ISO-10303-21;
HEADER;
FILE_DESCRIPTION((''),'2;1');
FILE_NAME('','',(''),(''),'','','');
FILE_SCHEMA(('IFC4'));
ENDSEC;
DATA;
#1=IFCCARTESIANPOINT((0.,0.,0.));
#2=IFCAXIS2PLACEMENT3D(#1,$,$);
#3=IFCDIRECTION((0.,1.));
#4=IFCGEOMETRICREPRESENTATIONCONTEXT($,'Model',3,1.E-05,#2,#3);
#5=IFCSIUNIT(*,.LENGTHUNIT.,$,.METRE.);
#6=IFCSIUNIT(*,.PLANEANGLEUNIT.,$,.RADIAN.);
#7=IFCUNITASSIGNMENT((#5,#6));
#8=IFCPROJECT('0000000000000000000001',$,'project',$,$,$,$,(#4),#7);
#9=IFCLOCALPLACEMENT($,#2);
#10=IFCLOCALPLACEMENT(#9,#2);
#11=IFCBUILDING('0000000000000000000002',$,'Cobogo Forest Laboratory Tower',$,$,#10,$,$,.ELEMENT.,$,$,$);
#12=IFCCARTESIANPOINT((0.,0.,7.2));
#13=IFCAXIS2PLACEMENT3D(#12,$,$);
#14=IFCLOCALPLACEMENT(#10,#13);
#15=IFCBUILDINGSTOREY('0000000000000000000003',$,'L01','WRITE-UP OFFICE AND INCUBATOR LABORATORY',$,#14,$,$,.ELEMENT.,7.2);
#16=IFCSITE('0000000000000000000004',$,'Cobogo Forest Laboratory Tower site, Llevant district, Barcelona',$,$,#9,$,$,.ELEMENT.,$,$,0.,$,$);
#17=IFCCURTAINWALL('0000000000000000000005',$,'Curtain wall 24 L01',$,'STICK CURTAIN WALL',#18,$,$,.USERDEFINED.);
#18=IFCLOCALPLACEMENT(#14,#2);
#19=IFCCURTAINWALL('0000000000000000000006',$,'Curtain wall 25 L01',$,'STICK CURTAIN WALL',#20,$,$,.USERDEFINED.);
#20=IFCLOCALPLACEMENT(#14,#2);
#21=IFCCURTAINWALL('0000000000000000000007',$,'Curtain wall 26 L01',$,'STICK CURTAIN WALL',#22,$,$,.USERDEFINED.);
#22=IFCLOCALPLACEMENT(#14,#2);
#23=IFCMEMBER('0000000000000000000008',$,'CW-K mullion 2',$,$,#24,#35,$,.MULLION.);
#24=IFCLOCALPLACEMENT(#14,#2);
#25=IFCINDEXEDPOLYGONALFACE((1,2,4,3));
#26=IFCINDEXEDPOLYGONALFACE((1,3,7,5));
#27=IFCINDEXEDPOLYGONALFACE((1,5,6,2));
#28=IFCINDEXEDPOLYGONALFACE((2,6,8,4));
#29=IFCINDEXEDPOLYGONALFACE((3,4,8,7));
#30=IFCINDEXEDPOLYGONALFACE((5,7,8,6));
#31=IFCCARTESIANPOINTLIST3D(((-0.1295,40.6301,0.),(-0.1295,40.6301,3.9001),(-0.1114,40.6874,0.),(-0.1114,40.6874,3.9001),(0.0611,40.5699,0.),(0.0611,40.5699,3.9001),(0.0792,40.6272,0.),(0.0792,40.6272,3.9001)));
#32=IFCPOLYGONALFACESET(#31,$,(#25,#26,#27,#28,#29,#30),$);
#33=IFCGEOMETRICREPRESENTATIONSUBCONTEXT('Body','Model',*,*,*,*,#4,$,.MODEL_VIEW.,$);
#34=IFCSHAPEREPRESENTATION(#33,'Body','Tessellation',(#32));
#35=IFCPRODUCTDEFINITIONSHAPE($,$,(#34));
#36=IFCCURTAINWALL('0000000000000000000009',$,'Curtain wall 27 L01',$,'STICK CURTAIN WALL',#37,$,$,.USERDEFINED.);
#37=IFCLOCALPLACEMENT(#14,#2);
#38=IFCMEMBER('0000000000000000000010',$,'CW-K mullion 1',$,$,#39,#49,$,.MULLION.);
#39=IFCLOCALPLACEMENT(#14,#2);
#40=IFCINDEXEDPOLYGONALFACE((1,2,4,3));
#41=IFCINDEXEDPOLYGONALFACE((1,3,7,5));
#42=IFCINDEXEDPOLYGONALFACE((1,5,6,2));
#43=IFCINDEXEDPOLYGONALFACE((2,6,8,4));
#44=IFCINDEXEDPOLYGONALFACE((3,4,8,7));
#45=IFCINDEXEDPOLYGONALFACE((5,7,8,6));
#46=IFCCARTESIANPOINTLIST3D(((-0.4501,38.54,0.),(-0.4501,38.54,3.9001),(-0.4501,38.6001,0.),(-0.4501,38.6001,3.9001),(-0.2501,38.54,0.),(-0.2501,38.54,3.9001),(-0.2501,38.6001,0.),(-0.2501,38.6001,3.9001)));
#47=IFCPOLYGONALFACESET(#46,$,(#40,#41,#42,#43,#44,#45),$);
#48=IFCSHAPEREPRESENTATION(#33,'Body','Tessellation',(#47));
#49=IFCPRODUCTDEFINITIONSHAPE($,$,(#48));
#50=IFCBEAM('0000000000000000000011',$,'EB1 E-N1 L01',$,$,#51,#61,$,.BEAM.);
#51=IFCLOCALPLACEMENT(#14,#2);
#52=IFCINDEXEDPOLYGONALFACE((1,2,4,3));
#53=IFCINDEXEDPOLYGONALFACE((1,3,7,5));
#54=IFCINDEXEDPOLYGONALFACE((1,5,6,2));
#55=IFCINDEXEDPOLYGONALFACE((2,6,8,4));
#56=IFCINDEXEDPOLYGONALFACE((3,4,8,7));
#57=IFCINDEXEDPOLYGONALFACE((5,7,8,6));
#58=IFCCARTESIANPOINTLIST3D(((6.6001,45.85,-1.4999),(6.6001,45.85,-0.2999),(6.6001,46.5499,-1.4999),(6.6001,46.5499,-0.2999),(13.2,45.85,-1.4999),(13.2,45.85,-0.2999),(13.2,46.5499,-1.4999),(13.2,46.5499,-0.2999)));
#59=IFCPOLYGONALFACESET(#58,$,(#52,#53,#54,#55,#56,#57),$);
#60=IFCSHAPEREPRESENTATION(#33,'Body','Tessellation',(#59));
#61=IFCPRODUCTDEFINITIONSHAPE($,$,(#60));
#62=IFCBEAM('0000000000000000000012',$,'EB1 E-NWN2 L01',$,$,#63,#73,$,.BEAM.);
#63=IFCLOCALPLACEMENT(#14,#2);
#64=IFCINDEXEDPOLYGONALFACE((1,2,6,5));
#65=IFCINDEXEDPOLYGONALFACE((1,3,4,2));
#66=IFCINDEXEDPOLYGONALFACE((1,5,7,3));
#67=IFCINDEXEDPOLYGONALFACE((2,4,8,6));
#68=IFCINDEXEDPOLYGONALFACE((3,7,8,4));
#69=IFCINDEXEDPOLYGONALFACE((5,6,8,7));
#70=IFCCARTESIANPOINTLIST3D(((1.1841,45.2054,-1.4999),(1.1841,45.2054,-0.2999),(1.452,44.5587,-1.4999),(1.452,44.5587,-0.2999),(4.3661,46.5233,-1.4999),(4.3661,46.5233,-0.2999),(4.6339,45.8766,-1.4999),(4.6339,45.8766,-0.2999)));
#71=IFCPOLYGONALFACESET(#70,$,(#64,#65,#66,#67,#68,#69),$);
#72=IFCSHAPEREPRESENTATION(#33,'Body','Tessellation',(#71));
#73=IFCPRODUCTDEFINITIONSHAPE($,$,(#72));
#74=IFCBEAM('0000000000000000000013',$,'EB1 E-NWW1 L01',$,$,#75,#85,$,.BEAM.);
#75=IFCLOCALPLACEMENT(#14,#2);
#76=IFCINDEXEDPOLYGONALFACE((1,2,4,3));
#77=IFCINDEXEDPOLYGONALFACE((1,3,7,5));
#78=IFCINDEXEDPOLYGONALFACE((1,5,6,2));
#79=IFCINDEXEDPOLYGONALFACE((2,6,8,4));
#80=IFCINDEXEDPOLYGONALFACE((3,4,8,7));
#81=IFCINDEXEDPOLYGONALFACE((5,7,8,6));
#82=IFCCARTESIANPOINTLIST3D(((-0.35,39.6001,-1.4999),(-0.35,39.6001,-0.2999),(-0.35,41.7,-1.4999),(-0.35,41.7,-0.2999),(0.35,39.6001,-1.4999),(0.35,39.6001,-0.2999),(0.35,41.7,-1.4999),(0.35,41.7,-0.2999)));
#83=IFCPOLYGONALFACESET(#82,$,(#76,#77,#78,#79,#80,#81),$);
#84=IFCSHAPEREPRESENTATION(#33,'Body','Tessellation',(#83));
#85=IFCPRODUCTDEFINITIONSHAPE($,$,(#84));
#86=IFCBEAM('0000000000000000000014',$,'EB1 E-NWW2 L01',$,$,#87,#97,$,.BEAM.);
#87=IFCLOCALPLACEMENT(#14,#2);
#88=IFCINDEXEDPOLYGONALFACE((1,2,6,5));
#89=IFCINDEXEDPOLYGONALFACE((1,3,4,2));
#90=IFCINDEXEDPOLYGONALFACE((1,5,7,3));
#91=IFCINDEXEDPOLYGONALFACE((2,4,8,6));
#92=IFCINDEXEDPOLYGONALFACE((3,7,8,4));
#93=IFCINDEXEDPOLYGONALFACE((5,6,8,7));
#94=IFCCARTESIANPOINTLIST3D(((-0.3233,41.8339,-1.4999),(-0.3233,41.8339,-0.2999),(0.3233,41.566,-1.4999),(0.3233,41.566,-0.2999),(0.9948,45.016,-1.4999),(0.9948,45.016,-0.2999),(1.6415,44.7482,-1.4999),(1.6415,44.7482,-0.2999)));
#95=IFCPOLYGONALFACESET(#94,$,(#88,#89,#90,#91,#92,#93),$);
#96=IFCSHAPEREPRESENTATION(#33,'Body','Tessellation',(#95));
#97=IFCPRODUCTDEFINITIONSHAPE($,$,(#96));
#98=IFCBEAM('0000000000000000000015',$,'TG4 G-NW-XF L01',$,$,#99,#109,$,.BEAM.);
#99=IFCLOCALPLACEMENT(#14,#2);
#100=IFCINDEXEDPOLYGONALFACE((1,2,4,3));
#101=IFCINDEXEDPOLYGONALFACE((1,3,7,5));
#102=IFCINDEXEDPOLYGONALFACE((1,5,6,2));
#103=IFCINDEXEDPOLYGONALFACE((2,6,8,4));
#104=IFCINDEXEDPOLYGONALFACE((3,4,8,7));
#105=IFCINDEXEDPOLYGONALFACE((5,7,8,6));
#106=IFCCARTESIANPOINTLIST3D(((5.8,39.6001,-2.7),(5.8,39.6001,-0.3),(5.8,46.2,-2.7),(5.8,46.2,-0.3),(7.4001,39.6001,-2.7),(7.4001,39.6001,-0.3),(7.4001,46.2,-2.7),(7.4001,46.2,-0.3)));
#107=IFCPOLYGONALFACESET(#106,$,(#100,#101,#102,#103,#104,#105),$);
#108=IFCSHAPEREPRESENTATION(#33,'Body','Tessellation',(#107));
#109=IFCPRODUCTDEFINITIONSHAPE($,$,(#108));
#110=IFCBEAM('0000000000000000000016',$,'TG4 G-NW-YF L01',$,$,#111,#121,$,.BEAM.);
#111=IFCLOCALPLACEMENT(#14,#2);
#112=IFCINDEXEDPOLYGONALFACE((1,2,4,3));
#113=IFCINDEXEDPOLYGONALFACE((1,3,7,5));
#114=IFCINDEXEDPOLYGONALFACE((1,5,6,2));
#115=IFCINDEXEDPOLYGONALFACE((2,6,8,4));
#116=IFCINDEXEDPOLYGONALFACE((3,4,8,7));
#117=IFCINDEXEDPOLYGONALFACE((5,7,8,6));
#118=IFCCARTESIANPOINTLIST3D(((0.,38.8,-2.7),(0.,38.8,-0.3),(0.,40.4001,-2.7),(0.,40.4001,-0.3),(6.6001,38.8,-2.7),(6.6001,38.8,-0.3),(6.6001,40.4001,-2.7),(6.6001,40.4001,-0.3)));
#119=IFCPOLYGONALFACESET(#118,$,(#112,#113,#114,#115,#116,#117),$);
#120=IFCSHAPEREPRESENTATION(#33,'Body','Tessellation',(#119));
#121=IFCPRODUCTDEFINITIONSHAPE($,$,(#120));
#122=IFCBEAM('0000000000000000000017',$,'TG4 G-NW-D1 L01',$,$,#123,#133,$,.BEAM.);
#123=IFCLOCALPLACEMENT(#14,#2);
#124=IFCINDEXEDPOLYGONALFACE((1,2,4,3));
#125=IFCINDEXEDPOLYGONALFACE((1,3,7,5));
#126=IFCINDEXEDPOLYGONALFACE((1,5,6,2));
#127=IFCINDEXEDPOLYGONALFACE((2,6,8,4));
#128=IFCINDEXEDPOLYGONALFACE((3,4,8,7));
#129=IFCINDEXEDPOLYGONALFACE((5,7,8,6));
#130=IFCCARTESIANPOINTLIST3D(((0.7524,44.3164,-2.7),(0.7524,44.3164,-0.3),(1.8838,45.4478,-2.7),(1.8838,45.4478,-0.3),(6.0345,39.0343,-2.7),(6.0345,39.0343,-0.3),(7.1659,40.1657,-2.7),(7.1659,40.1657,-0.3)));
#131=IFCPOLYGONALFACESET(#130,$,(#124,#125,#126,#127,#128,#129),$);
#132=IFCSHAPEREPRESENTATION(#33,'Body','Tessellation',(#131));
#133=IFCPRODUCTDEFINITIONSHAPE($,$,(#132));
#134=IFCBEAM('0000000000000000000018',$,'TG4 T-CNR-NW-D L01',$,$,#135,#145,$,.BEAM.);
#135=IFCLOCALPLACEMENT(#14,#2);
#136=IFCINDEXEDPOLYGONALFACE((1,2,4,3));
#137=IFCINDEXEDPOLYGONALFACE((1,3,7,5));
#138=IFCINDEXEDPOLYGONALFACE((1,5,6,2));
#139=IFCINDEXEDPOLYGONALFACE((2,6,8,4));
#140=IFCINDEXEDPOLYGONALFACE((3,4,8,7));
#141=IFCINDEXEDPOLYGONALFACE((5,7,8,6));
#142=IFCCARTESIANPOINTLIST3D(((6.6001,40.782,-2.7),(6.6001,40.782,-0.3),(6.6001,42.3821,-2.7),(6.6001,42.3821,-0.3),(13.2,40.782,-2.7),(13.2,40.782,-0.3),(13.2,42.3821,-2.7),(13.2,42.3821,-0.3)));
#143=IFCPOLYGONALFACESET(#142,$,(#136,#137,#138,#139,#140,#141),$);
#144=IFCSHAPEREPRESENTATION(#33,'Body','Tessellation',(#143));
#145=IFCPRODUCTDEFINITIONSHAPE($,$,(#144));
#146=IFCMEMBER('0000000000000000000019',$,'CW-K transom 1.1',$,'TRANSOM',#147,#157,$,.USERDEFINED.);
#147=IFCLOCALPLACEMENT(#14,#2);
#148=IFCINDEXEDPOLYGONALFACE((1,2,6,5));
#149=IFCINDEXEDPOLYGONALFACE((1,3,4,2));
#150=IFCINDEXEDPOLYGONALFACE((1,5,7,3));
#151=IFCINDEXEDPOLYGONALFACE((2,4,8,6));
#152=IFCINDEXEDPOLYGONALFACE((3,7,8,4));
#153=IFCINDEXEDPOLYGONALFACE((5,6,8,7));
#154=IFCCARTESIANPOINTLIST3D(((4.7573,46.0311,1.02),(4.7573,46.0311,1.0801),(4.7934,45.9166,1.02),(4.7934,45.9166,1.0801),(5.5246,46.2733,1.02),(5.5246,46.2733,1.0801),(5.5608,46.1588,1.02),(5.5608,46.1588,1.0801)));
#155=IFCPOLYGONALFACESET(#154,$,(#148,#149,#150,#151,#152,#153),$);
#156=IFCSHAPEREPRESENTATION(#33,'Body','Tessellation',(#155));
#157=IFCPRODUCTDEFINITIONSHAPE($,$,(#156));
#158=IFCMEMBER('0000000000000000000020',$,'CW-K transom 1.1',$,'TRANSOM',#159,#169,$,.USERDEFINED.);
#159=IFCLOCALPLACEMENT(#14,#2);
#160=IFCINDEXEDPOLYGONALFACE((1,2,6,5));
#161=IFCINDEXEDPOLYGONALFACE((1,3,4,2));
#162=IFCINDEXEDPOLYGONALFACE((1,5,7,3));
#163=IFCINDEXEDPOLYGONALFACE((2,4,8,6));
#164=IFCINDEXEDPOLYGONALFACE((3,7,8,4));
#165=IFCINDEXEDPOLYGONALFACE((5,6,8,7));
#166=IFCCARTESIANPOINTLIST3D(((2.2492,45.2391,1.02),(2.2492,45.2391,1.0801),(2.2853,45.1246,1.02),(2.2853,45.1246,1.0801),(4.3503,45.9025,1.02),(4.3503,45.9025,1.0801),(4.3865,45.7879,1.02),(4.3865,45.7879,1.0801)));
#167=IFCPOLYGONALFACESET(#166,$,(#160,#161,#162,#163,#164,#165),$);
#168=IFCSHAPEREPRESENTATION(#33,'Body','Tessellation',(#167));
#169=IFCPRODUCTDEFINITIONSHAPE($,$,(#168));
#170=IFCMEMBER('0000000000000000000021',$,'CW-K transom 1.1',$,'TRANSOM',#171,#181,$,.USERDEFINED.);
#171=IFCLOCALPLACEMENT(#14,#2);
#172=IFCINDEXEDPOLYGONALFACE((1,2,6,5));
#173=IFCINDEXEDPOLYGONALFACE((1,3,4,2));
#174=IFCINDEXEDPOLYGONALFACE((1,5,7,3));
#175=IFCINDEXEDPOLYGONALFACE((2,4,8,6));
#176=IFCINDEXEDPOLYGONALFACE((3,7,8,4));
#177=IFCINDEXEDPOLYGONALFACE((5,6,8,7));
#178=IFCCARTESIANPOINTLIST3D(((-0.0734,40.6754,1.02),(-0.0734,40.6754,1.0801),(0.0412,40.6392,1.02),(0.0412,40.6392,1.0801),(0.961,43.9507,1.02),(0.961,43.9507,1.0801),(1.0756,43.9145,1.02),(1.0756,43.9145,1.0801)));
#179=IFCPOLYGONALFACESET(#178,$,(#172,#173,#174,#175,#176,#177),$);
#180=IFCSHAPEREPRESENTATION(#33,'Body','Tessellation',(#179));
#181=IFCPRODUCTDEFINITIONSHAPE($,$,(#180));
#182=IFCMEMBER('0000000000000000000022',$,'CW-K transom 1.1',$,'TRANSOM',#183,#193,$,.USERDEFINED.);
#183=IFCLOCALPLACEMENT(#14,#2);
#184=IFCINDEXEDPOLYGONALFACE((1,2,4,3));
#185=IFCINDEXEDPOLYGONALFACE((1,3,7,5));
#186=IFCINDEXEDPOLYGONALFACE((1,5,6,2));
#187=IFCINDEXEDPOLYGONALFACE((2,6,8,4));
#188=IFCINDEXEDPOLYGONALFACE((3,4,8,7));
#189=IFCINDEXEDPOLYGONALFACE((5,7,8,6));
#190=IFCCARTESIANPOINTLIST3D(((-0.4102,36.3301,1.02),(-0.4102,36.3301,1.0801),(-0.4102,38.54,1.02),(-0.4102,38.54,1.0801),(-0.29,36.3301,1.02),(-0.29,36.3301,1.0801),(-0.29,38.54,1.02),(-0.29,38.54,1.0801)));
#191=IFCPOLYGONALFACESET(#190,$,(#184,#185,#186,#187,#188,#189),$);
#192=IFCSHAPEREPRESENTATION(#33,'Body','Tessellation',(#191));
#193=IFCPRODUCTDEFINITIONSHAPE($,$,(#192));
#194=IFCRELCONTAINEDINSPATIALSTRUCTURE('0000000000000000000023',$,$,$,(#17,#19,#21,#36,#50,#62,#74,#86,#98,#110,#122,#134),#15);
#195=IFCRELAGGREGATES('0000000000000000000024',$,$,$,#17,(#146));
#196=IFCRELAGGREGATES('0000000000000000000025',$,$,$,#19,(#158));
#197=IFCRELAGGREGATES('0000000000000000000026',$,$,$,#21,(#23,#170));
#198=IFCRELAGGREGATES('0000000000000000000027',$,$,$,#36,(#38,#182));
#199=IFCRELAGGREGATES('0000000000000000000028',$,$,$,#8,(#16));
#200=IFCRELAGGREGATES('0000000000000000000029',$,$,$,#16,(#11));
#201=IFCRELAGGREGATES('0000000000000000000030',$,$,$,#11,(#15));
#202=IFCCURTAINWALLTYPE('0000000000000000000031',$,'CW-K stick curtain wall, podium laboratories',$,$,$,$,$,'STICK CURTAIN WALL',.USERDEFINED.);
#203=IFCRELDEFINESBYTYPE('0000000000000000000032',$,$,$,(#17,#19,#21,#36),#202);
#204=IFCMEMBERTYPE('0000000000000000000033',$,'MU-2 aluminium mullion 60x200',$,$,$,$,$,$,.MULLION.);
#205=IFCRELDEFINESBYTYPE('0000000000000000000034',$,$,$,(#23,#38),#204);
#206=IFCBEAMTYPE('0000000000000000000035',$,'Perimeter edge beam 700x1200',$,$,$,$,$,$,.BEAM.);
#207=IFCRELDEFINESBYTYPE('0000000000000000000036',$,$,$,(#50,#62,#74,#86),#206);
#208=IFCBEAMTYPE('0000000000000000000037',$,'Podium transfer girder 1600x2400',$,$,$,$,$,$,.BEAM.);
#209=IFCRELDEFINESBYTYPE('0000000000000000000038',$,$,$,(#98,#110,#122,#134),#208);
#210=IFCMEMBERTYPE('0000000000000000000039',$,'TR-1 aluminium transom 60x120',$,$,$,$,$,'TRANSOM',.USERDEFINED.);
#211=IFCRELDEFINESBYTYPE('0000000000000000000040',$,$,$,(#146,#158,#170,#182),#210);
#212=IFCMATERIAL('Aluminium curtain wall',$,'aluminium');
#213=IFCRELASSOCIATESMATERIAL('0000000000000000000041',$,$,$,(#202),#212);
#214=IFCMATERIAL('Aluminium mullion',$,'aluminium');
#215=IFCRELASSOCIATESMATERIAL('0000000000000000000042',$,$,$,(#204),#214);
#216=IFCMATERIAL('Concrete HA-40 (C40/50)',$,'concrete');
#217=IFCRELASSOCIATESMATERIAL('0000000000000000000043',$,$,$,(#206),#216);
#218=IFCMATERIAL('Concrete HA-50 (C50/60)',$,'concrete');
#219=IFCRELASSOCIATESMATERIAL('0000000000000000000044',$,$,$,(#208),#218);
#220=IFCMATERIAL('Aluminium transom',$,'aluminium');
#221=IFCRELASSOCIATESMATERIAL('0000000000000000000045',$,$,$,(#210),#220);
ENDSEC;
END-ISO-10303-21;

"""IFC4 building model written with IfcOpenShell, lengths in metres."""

from ifc_helpers import new_model, si_unit, direction, frame, origin, origin_2d, place, context, subcontext, project, spatial, rectangle, extrude, material, material_profile, profile_set, type_object, element, aggregate, save


model = new_model("IFC4")

# Units and contexts
model_context = context("Model", 3, precision=1e-05, world=origin(), true_north=direction((0.0, 1.0)))
body_context = subcontext(model_context, "Body", "Model", "MODEL_VIEW")
ifc_project = project(units=[si_unit("LENGTHUNIT", "METRE"), si_unit("PLANEANGLEUNIT", "RADIAN")], contexts=[model_context])

# Site, building, storey
site_placement = place(None, origin())
site = spatial("IfcSite", under=ifc_project, at=site_placement, Name="Cobogo Forest Laboratory Tower site, Llevant district, Barcelona", CompositionType="ELEMENT", RefElevation=0.0)
building_placement = place(site_placement, origin())
building = spatial("IfcBuilding", under=site, at=building_placement, Name="Cobogo Forest Laboratory Tower", CompositionType="ELEMENT")
storey_placement = place(building_placement, frame((0.0, 0.0, 7.2)))
storey = spatial("IfcBuildingStorey", under=building, at=storey_placement, Name="L01", Description="WRITE-UP OFFICE AND INCUBATOR LABORATORY", CompositionType="ELEMENT", Elevation=7.2)

# Shared definitions
ifc_material_1 = material(Name="Concrete HA-50 (C50/60)", Category="concrete")

# Shared definitions
ifc_material_2 = material(Name="Concrete HA-40 (C40/50)", Category="concrete")

# Curtain walls, member
ifc_material_3 = material(Name="Aluminium curtain wall", Category="aluminium")
curtain_wall_type = type_object("IfcCurtainWallType", Name="CW-K stick curtain wall, podium laboratories", ElementType="STICK CURTAIN WALL", PredefinedType="USERDEFINED", material=ifc_material_3)
curtain_wall_1_placement = place(storey_placement, origin())
curtain_wall_1 = element("IfcCurtainWall", 1, at=curtain_wall_1_placement, inside=storey, type_object=curtain_wall_type, Name="Curtain wall 24 L01", ObjectType="STICK CURTAIN WALL", PredefinedType="USERDEFINED")
ifc_material_4 = material(Name="Aluminium mullion", Category="aluminium")
ifc_material_profile_1 = material_profile(ifc_material_4, rectangle(XDim=0.0601, YDim=0.2, at=origin_2d()), Name="AL 60x200")
ifc_profile_set_1 = profile_set([ifc_material_profile_1], Name="Aluminium mullion")
member_type_1 = type_object("IfcMemberType", Name="MU-2 aluminium mullion 60x200", PredefinedType="MULLION", material=ifc_profile_set_1)
curtain_wall_2_placement = place(storey_placement, origin())
curtain_wall_2 = element("IfcCurtainWall", 2, at=curtain_wall_2_placement, inside=storey, type_object=curtain_wall_type, Name="Curtain wall 25 L01", ObjectType="STICK CURTAIN WALL", PredefinedType="USERDEFINED")
curtain_wall_3_placement = place(storey_placement, origin())
curtain_wall_3 = element("IfcCurtainWall", 3, at=curtain_wall_3_placement, inside=storey, type_object=curtain_wall_type, Name="Curtain wall 26 L01", ObjectType="STICK CURTAIN WALL", PredefinedType="USERDEFINED")
member_1_placement = place(storey_placement, frame((-0.0251, 40.6287, 0.0), z_axis=(0.0, 0.0, 1.0), x_axis=(-0.301135, -0.953581, 0.0)))
member_1 = element("IfcMember", 4, at=member_1_placement, type_object=member_type_1, Name="CW-K mullion 2", PredefinedType="MULLION", context=body_context, shape_type="SweptSolid", body=[
    extrude(rectangle(XDim=0.0601, YDim=0.2, at=origin_2d()), origin(), (0.0, 0.0, 1.0), 3.9001),
])

# Curtain wall, member
curtain_wall_4_placement = place(storey_placement, origin())
curtain_wall_4 = element("IfcCurtainWall", 5, at=curtain_wall_4_placement, inside=storey, type_object=curtain_wall_type, Name="Curtain wall 27 L01", ObjectType="STICK CURTAIN WALL", PredefinedType="USERDEFINED")
member_2_placement = place(storey_placement, frame((-0.3501, 38.5701, 0.0), z_axis=(0.0, 0.0, 1.0), x_axis=(0.0, -1.0, 0.0)))
member_2 = element("IfcMember", 6, at=member_2_placement, type_object=member_type_1, Name="CW-K mullion 1", PredefinedType="MULLION", context=body_context, shape_type="SweptSolid", body=[
    extrude(rectangle(XDim=0.0601, YDim=0.2, at=origin_2d()), origin(), (0.0, 0.0, 1.0), 3.9001),
])

# Beams
ifc_material_profile_2 = material_profile(ifc_material_2, rectangle(XDim=0.7, YDim=1.2, at=origin_2d()), Name="RC 700x1200")
ifc_profile_set_2 = profile_set([ifc_material_profile_2], Name="Concrete HA-40 (C40/50)")
beam_type_1 = type_object("IfcBeamType", Name="Perimeter edge beam 700x1200", PredefinedType="BEAM", material=ifc_profile_set_2)
beam_1_placement = place(storey_placement, frame((6.6001, 46.2, -0.8999), z_axis=(1.0, 0.0, 0.0), x_axis=(0.0, 1.0, 0.0)))
element("IfcBeam", 7, at=beam_1_placement, inside=storey, type_object=beam_type_1, Name="EB1 E-N1 L01", PredefinedType="BEAM", context=body_context, shape_type="SweptSolid", body=[
    extrude(rectangle(XDim=0.7, YDim=1.2, at=origin_2d()), origin(), (0.0, 0.0, 1.0), 6.5999),
])
beam_2_placement = place(storey_placement, frame((4.5, 46.2, -0.8999), z_axis=(-0.923891, -0.382656, 0.0), x_axis=(0.382656, -0.923891, 0.0)))
element("IfcBeam", 8, at=beam_2_placement, inside=storey, type_object=beam_type_1, Name="EB1 E-NWN2 L01", PredefinedType="BEAM", context=body_context, shape_type="SweptSolid", body=[
    extrude(rectangle(XDim=0.7, YDim=1.2, at=origin_2d()), origin(), (0.0, 0.0, 1.0), 3.4441),
])
beam_3_placement = place(storey_placement, frame((0.0, 39.6001, -0.8999), z_axis=(0.0, 1.0, 0.0), x_axis=(-1.0, 0.0, 0.0)))
element("IfcBeam", 9, at=beam_3_placement, inside=storey, type_object=beam_type_1, Name="EB1 E-NWW1 L01", PredefinedType="BEAM", context=body_context, shape_type="SweptSolid", body=[
    extrude(rectangle(XDim=0.7, YDim=1.2, at=origin_2d()), origin(), (0.0, 0.0, 1.0), 2.0999),
])
beam_4_placement = place(storey_placement, frame((0.0, 41.7, -0.8999), z_axis=(0.382692, 0.923876, 0.0), x_axis=(-0.923876, 0.382692, 0.0)))
element("IfcBeam", 10, at=beam_4_placement, inside=storey, type_object=beam_type_1, Name="EB1 E-NWW2 L01", PredefinedType="BEAM", context=body_context, shape_type="SweptSolid", body=[
    extrude(rectangle(XDim=0.7, YDim=1.2, at=origin_2d()), origin(), (0.0, 0.0, 1.0), 3.4443),
])
ifc_material_profile_3 = material_profile(ifc_material_1, rectangle(XDim=1.6001, YDim=2.3999, at=origin_2d()), Name="RC 1600x2400")
ifc_profile_set_3 = profile_set([ifc_material_profile_3], Name="Concrete HA-50 (C50/60)")
beam_type_2 = type_object("IfcBeamType", Name="Podium transfer girder 1600x2400", PredefinedType="BEAM", material=ifc_profile_set_3)
beam_5_placement = place(storey_placement, frame((6.6001, 46.2, -1.5), z_axis=(0.0, -1.0, 0.0), x_axis=(1.0, 0.0, 0.0)))
element("IfcBeam", 11, at=beam_5_placement, inside=storey, type_object=beam_type_2, Name="TG4 G-NW-XF L01", PredefinedType="BEAM", context=body_context, shape_type="SweptSolid", body=[
    extrude(rectangle(XDim=1.6001, YDim=2.3999, at=origin_2d()), origin(), (0.0, 0.0, 1.0), 6.5999),
])
beam_6_placement = place(storey_placement, frame((0.0, 39.6001, -1.5), z_axis=(1.0, 0.0, 0.0), x_axis=(0.0, 1.0, 0.0)))
element("IfcBeam", 12, at=beam_6_placement, inside=storey, type_object=beam_type_2, Name="TG4 G-NW-YF L01", PredefinedType="BEAM", context=body_context, shape_type="SweptSolid", body=[
    extrude(rectangle(XDim=1.6001, YDim=2.3999, at=origin_2d()), origin(), (0.0, 0.0, 1.0), 6.6001),
])
beam_7_placement = place(storey_placement, frame((1.3181, 44.8821, -1.5), z_axis=(0.707107, -0.707107, 0.0), x_axis=(0.707107, 0.707107, 0.0)))
element("IfcBeam", 13, at=beam_7_placement, inside=storey, type_object=beam_type_2, Name="TG4 G-NW-D1 L01", PredefinedType="BEAM", context=body_context, shape_type="SweptSolid", body=[
    extrude(rectangle(XDim=1.6001, YDim=2.3999, at=origin_2d()), origin(), (0.0, 0.0, 1.0), 7.47),
])
beam_8_placement = place(storey_placement, frame((6.6001, 41.582, -1.5), z_axis=(1.0, 0.0, 0.0), x_axis=(0.0, 1.0, 0.0)))
element("IfcBeam", 14, at=beam_8_placement, inside=storey, type_object=beam_type_2, Name="TG4 T-CNR-NW-D L01", PredefinedType="BEAM", context=body_context, shape_type="SweptSolid", body=[
    extrude(rectangle(XDim=1.6001, YDim=2.3999, at=origin_2d()), origin(), (0.0, 0.0, 1.0), 6.5999),
])

# Members
ifc_material_5 = material(Name="Aluminium transom", Category="aluminium")
ifc_material_profile_4 = material_profile(ifc_material_5, rectangle(XDim=0.1201, YDim=0.0601, at=origin_2d()), Name="AL 60x120")
ifc_profile_set_4 = profile_set([ifc_material_profile_4], Name="Aluminium transom")
member_type_2 = type_object("IfcMemberType", Name="TR-1 aluminium transom 60x120", ElementType="TRANSOM", PredefinedType="USERDEFINED", material=ifc_profile_set_4)
member_3_placement = place(storey_placement, frame((5.5427, 46.2161, 1.05), z_axis=(-0.953629, -0.300986, 0.0), x_axis=(0.300986, -0.953629, 0.0)))
member_3 = element("IfcMember", 15, at=member_3_placement, type_object=member_type_2, Name="CW-K transom 1.1", ObjectType="TRANSOM", PredefinedType="USERDEFINED", context=body_context, shape_type="SweptSolid", body=[
    extrude(rectangle(XDim=0.1201, YDim=0.0601, at=origin_2d()), origin(), (0.0, 0.0, 1.0), 0.8047),
])
member_4_placement = place(storey_placement, frame((4.3684, 45.8452, 1.05), z_axis=(-0.953604, -0.301062, 0.0), x_axis=(0.301062, -0.953604, 0.0)))
member_4 = element("IfcMember", 16, at=member_4_placement, type_object=member_type_2, Name="CW-K transom 1.1", ObjectType="TRANSOM", PredefinedType="USERDEFINED", context=body_context, shape_type="SweptSolid", body=[
    extrude(rectangle(XDim=0.1201, YDim=0.0601, at=origin_2d()), origin(), (0.0, 0.0, 1.0), 2.2034),
])
member_5_placement = place(storey_placement, frame((1.0183, 43.9326, 1.05), z_axis=(-0.301155, -0.953575, 0.0), x_axis=(0.953575, -0.301155, 0.0)))
member_5 = element("IfcMember", 17, at=member_5_placement, type_object=member_type_2, Name="CW-K transom 1.1", ObjectType="TRANSOM", PredefinedType="USERDEFINED", context=body_context, shape_type="SweptSolid", body=[
    extrude(rectangle(XDim=0.1201, YDim=0.0601, at=origin_2d()), origin(), (0.0, 0.0, 1.0), 3.4348),
])
member_6_placement = place(storey_placement, frame((-0.3501, 38.54, 1.05), z_axis=(0.0, -1.0, 0.0), x_axis=(1.0, 0.0, 0.0)))
member_6 = element("IfcMember", 18, at=member_6_placement, type_object=member_type_2, Name="CW-K transom 1.1", ObjectType="TRANSOM", PredefinedType="USERDEFINED", context=body_context, shape_type="SweptSolid", body=[
    extrude(rectangle(XDim=0.1201, YDim=0.0601, at=origin_2d()), origin(), (0.0, 0.0, 1.0), 2.21),
])

aggregate(curtain_wall_1, [member_3])
aggregate(curtain_wall_2, [member_4])
aggregate(curtain_wall_3, [member_1, member_5])
aggregate(curtain_wall_4, [member_2, member_6])

save(model, "model.ifc")
